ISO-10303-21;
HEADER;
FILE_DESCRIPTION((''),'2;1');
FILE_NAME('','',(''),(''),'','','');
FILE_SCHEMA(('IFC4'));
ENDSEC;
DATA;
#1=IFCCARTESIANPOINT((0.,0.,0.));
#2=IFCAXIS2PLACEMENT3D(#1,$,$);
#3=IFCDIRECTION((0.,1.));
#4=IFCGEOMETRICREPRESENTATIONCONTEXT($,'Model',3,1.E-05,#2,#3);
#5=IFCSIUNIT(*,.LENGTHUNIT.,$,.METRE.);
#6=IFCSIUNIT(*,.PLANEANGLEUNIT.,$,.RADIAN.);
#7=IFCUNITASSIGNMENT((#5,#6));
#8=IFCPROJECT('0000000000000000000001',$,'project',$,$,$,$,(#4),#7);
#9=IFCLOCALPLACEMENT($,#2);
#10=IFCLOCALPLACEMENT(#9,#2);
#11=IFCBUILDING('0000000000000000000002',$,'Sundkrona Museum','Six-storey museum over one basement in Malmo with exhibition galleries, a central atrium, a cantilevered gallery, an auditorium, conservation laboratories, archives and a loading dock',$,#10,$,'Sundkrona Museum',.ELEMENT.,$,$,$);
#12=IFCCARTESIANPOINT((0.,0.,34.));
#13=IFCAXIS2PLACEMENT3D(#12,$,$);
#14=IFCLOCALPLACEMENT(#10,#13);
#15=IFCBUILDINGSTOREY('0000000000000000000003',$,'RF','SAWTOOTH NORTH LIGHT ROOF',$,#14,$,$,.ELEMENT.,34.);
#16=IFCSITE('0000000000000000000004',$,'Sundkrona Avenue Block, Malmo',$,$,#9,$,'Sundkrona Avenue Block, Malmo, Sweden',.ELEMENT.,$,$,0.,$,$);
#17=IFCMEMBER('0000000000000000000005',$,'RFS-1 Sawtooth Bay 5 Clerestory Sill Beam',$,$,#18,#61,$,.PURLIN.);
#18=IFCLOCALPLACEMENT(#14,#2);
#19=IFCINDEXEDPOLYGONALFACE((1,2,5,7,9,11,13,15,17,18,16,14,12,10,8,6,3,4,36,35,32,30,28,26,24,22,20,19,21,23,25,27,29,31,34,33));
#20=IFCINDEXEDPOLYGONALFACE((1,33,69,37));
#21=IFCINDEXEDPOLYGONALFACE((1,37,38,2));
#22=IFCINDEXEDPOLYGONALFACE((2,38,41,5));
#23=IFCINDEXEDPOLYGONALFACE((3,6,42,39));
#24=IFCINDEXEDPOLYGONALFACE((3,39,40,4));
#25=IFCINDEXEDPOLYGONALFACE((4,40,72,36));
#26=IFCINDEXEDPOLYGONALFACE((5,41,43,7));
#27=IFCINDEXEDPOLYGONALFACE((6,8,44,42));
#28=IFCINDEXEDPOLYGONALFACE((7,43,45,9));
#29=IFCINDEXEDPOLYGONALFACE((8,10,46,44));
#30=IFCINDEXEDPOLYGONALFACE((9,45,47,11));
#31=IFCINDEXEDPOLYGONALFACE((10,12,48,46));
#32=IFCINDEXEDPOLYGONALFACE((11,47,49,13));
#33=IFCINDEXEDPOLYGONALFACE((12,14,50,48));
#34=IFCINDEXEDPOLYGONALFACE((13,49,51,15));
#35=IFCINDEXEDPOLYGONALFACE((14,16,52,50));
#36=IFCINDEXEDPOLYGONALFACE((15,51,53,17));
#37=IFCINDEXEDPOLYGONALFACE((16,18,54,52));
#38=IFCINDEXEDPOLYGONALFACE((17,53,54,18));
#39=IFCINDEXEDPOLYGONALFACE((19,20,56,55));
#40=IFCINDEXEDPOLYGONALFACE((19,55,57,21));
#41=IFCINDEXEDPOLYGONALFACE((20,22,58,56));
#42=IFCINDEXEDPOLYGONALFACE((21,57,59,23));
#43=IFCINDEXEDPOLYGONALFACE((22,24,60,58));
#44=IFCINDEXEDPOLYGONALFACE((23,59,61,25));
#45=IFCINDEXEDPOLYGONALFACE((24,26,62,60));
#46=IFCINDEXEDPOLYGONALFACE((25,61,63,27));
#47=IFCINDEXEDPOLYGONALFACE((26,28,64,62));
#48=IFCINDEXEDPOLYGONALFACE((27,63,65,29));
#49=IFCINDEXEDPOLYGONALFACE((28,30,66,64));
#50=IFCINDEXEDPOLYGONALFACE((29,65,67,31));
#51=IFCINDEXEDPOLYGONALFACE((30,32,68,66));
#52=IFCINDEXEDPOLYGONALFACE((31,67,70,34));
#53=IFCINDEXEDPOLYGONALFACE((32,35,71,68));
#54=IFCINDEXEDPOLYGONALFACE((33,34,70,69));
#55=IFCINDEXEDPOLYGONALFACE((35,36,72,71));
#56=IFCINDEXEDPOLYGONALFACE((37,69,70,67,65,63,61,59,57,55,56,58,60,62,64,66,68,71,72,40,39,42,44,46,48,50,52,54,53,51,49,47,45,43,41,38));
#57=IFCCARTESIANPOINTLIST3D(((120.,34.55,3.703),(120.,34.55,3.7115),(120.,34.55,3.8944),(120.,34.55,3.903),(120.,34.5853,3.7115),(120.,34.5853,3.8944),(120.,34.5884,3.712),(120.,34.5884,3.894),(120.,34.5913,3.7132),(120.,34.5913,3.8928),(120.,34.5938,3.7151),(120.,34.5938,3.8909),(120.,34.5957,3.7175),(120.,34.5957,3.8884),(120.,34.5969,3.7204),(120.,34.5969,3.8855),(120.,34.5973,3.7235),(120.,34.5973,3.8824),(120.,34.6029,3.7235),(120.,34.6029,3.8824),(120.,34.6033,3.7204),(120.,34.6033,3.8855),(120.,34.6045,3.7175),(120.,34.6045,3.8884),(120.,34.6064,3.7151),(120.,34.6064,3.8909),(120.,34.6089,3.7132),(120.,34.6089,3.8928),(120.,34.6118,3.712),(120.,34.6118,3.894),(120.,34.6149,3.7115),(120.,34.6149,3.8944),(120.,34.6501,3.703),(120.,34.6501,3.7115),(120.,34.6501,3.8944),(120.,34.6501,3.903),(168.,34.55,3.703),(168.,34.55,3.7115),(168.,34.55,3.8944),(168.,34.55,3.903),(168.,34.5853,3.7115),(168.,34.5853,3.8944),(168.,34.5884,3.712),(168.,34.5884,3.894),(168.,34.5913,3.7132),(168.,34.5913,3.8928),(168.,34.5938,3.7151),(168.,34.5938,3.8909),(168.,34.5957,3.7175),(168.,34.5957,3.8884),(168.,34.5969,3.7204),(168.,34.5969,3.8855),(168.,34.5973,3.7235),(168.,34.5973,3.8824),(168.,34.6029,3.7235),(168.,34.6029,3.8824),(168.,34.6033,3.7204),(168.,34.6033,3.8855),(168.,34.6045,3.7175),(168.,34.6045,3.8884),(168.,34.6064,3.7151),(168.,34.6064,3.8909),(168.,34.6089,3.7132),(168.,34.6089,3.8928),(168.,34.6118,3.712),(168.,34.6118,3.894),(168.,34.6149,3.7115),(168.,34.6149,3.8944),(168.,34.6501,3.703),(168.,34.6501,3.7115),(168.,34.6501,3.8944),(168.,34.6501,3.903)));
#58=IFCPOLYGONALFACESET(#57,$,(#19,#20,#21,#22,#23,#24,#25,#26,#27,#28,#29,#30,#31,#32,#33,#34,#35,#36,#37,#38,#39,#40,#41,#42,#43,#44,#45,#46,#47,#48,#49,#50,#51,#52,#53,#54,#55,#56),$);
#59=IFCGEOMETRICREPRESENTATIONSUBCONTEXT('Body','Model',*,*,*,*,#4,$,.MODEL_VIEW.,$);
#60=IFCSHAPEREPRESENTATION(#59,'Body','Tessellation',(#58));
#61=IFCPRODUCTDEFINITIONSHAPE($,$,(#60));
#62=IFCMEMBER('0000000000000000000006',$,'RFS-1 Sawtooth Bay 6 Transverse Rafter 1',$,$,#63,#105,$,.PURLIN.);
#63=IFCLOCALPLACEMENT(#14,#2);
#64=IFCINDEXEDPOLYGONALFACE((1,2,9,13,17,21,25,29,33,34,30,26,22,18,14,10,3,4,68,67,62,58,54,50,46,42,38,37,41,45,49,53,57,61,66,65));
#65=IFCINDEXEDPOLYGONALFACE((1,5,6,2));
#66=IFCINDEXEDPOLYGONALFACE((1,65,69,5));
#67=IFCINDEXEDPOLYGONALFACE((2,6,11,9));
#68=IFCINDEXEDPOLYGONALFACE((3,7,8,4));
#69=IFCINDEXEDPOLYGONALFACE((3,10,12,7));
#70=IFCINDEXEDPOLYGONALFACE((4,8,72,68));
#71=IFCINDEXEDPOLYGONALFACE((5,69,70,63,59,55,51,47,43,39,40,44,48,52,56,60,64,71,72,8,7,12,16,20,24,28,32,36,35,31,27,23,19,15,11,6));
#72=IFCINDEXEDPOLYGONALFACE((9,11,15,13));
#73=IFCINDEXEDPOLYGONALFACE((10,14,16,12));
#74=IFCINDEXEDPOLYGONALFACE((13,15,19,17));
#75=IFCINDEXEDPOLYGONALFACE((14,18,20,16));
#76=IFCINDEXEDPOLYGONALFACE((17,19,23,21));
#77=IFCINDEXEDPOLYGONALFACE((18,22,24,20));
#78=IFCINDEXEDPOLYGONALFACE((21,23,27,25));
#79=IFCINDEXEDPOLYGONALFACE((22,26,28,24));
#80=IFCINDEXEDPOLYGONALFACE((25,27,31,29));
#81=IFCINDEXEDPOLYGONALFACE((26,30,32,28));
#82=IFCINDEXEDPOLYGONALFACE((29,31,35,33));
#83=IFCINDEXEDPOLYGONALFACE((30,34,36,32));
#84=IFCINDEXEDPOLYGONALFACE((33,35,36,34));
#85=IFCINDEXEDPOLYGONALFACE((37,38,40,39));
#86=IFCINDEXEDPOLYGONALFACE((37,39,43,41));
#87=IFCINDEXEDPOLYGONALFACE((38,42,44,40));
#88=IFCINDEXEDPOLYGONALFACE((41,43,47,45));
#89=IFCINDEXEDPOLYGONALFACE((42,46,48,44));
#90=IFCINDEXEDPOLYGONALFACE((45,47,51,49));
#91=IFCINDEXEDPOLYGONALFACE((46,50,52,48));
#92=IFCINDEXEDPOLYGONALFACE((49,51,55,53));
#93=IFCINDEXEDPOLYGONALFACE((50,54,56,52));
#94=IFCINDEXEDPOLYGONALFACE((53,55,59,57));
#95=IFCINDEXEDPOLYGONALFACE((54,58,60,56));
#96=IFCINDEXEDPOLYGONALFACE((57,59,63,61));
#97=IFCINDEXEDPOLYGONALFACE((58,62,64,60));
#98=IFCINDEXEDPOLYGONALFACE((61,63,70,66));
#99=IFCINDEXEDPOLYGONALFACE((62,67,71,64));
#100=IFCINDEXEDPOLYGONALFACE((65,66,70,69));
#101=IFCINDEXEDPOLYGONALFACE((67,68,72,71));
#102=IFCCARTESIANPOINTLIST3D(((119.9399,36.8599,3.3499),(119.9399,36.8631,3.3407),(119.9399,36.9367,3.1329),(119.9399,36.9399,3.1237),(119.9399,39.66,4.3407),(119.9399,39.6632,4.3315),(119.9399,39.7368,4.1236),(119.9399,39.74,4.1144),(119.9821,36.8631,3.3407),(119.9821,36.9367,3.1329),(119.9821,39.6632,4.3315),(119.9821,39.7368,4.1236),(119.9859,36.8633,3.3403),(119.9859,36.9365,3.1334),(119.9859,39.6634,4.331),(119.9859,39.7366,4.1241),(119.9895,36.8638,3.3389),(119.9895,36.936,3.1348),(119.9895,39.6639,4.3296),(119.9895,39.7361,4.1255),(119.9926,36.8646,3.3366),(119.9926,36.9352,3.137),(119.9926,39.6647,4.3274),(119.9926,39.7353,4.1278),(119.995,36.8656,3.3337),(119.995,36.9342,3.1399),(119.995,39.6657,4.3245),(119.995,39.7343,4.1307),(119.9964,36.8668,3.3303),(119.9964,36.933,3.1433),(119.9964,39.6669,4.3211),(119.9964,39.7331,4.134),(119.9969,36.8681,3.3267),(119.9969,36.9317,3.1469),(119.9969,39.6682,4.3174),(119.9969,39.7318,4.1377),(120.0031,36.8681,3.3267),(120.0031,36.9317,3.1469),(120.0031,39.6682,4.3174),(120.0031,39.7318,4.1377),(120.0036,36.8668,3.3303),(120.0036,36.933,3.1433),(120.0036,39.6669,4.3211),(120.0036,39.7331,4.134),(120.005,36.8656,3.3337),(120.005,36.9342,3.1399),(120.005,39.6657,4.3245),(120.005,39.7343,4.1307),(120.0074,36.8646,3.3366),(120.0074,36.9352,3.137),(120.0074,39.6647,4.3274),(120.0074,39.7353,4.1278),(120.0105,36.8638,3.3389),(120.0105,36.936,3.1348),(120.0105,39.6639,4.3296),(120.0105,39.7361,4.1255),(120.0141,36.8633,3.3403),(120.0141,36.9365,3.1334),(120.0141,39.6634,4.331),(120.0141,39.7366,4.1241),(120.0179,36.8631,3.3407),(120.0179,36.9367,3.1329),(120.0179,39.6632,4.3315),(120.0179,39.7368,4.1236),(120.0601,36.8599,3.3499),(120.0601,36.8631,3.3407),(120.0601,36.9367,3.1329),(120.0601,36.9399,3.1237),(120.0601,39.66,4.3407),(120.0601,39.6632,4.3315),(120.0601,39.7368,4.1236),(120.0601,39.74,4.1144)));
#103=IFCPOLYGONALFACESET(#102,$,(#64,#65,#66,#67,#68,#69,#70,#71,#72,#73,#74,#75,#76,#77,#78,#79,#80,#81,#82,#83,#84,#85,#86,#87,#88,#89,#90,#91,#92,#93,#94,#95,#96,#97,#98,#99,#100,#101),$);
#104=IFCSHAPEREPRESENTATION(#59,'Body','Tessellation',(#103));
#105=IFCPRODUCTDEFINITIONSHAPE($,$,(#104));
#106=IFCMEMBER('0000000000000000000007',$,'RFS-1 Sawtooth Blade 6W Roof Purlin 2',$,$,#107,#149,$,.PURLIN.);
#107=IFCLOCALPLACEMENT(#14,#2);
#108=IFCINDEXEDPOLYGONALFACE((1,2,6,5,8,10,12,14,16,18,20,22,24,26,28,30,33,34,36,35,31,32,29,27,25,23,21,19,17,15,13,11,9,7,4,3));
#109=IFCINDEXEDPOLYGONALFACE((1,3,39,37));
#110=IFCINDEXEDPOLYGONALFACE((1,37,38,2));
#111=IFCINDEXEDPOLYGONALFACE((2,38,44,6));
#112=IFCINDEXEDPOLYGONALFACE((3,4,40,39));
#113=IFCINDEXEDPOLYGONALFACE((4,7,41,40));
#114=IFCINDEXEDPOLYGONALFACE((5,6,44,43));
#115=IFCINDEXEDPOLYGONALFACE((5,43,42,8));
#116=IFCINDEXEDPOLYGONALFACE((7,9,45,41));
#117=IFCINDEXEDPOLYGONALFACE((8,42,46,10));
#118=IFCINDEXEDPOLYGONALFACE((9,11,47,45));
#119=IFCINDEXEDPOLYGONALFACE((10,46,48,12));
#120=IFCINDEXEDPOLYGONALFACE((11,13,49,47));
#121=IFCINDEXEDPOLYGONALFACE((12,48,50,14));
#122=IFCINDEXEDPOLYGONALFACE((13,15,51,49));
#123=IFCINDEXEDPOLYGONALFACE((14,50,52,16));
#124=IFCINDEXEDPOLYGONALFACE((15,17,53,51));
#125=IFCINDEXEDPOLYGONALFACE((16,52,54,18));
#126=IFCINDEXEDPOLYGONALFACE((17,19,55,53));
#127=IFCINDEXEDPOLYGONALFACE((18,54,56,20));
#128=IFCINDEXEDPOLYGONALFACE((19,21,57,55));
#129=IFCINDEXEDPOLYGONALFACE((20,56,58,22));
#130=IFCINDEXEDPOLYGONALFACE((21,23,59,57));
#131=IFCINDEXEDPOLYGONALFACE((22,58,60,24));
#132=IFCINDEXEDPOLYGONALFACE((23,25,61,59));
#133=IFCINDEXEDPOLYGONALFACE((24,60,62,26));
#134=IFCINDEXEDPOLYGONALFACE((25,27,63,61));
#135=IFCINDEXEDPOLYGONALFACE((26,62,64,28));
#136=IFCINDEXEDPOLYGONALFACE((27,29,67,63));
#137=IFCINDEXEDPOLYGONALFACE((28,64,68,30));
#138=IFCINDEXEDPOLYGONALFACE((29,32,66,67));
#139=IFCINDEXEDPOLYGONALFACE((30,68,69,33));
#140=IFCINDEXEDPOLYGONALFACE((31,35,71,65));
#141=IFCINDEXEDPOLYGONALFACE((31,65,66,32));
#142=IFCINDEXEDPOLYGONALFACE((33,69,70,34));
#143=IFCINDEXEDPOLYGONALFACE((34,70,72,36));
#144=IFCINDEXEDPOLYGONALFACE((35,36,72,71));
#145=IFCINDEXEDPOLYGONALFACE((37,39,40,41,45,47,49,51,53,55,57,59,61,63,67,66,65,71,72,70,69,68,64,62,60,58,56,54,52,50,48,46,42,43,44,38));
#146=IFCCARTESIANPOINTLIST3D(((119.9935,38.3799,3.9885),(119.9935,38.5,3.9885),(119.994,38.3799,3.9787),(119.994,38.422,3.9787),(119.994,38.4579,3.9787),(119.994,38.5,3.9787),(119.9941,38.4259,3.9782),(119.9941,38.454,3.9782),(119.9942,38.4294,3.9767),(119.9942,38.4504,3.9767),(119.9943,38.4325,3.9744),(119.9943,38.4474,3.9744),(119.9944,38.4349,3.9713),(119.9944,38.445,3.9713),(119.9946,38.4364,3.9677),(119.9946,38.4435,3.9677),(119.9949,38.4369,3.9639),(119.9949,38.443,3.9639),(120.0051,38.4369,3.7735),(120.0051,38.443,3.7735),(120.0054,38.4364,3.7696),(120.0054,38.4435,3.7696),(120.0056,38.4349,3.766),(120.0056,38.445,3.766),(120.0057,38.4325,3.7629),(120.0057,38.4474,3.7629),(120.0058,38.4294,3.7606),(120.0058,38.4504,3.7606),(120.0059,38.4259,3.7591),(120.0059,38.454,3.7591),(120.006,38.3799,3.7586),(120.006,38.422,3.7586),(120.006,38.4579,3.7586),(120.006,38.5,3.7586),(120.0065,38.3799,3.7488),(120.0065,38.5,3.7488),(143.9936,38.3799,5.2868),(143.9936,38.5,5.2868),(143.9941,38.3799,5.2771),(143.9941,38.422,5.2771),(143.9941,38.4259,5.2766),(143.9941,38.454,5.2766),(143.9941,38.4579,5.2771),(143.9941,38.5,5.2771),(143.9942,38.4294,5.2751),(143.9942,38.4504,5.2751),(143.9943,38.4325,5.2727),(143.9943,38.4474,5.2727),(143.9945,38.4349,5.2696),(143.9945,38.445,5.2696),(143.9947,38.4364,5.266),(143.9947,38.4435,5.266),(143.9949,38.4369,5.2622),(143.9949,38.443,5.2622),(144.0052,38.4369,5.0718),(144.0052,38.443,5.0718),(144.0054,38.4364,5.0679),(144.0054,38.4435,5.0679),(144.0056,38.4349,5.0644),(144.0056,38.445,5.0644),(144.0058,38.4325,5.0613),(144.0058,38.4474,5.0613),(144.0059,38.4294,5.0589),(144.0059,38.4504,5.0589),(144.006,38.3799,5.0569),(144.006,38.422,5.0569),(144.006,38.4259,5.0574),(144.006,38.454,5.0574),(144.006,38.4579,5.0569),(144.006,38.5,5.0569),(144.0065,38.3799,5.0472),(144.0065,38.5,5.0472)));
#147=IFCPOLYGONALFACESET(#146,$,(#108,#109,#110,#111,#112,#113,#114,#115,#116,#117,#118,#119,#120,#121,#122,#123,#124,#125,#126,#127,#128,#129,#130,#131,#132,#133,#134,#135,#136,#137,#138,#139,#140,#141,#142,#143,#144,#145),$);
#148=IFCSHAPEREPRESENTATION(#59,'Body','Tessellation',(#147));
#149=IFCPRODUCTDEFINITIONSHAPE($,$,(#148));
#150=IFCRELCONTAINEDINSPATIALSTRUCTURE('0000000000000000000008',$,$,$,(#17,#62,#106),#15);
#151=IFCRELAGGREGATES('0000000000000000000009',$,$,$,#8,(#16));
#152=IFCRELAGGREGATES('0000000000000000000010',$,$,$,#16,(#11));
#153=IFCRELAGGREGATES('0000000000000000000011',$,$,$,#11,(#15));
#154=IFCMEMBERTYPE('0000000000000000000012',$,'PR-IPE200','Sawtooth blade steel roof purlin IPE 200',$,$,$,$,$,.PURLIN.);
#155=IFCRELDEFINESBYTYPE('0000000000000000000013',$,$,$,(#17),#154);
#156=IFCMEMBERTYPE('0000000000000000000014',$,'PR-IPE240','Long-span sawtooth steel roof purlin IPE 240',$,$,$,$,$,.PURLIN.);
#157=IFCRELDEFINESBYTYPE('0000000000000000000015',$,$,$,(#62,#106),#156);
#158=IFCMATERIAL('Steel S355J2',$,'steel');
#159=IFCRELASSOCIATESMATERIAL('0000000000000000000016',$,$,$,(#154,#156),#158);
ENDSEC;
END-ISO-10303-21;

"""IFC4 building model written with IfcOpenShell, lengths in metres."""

from ifc_helpers import new_model, si_unit, direction, frame, origin, origin_2d, place, context, subcontext, project, spatial, i_section, extrude, material, material_profile, profile_set, type_object, element, save


model = new_model("IFC4")

# Units and contexts
model_context = context("Model", 3, precision=1e-05, world=origin(), true_north=direction((0.0, 1.0)))
body_context = subcontext(model_context, "Body", "Model", "MODEL_VIEW")
ifc_project = project(units=[si_unit("LENGTHUNIT", "METRE"), si_unit("PLANEANGLEUNIT", "RADIAN")], contexts=[model_context])

# Site, building, storey
site_placement = place(None, origin())
site = spatial("IfcSite", under=ifc_project, at=site_placement, Name="Sundkrona Avenue Block, Malmo", LongName="Sundkrona Avenue Block, Malmo, Sweden", CompositionType="ELEMENT", RefElevation=0.0)
building_placement = place(site_placement, origin())
building = spatial("IfcBuilding", under=site, at=building_placement, Name="Sundkrona Museum", Description="Six-storey museum over one basement in Malmo with exhibition galleries, a central atrium, a cantilevered gallery, an auditorium, conservation laboratories, archives and a loading dock", LongName="Sundkrona Museum", CompositionType="ELEMENT")
storey_placement = place(building_placement, frame((0.0, 0.0, 34.0)))
storey = spatial("IfcBuildingStorey", under=building, at=storey_placement, Name="RF", Description="SAWTOOTH NORTH LIGHT ROOF", CompositionType="ELEMENT", Elevation=34.0)

# Members
ifc_material_1 = material(Name="Steel S355J2", Category="steel")
ifc_material_profile_1 = material_profile(ifc_material_1, i_section(OverallWidth=0.1001, OverallDepth=0.2, WebThickness=0.0056, FlangeThickness=0.0085, FilletRadius=0.012, at=origin_2d()), Name="IPE 200")
ifc_profile_set_1 = profile_set([ifc_material_profile_1], Name="Steel S355J2")
member_type_1 = type_object("IfcMemberType", Name="PR-IPE200", Description="Sawtooth blade steel roof purlin IPE 200", PredefinedType="PURLIN", material=ifc_profile_set_1)
member_1_placement = place(storey_placement, frame((120.0, 34.6001, 3.803), z_axis=(1.0, 0.0, 0.0), x_axis=(0.0, 1.0, 0.0)))
element("IfcMember", 1, at=member_1_placement, inside=storey, type_object=member_type_1, Name="RFS-1 Sawtooth Bay 5 Clerestory Sill Beam", PredefinedType="PURLIN", context=body_context, shape_type="SweptSolid", body=[
    extrude(i_section(OverallWidth=0.1001, OverallDepth=0.2, WebThickness=0.0056, FlangeThickness=0.0085, FilletRadius=0.012, at=origin_2d()), origin(), (0.0, 0.0, 1.0), 48.0),
])
ifc_material_profile_2 = material_profile(ifc_material_1, i_section(OverallWidth=0.1201, OverallDepth=0.24, WebThickness=0.0061, FlangeThickness=0.0098, FilletRadius=0.0149, at=origin_2d()), Name="IPE 240")
ifc_profile_set_2 = profile_set([ifc_material_profile_2], Name="Steel S355J2")
member_type_2 = type_object("IfcMemberType", Name="PR-IPE240", Description="Long-span sawtooth steel roof purlin IPE 240", PredefinedType="PURLIN", material=ifc_profile_set_2)
member_2_placement = place(storey_placement, frame((120.0, 36.8999, 3.2368), z_axis=(0.0, 0.942729, 0.33356), x_axis=(-1.0, 0.0, 0.0)))
element("IfcMember", 2, at=member_2_placement, inside=storey, type_object=member_type_2, Name="RFS-1 Sawtooth Bay 6 Transverse Rafter 1", PredefinedType="PURLIN", context=body_context, shape_type="SweptSolid", body=[
    extrude(i_section(OverallWidth=0.1201, OverallDepth=0.24, WebThickness=0.0061, FlangeThickness=0.0098, FilletRadius=0.0149, at=origin_2d()), origin(), (0.0, 0.0, 1.0), 2.9702),
])
member_3_placement = place(storey_placement, frame((120.0, 38.4399, 3.8687), z_axis=(0.99854, 0.0, 0.054019), x_axis=(0.0, 1.0, 0.0)))
element("IfcMember", 3, at=member_3_placement, inside=storey, type_object=member_type_2, Name="RFS-1 Sawtooth Blade 6W Roof Purlin 2", PredefinedType="PURLIN", context=body_context, shape_type="SweptSolid", body=[
    extrude(i_section(OverallWidth=0.1201, OverallDepth=0.24, WebThickness=0.0061, FlangeThickness=0.0098, FilletRadius=0.0149, at=origin_2d()), origin(), (0.0, 0.0, 1.0), 24.0352),
])

save(model, "model.ifc")
